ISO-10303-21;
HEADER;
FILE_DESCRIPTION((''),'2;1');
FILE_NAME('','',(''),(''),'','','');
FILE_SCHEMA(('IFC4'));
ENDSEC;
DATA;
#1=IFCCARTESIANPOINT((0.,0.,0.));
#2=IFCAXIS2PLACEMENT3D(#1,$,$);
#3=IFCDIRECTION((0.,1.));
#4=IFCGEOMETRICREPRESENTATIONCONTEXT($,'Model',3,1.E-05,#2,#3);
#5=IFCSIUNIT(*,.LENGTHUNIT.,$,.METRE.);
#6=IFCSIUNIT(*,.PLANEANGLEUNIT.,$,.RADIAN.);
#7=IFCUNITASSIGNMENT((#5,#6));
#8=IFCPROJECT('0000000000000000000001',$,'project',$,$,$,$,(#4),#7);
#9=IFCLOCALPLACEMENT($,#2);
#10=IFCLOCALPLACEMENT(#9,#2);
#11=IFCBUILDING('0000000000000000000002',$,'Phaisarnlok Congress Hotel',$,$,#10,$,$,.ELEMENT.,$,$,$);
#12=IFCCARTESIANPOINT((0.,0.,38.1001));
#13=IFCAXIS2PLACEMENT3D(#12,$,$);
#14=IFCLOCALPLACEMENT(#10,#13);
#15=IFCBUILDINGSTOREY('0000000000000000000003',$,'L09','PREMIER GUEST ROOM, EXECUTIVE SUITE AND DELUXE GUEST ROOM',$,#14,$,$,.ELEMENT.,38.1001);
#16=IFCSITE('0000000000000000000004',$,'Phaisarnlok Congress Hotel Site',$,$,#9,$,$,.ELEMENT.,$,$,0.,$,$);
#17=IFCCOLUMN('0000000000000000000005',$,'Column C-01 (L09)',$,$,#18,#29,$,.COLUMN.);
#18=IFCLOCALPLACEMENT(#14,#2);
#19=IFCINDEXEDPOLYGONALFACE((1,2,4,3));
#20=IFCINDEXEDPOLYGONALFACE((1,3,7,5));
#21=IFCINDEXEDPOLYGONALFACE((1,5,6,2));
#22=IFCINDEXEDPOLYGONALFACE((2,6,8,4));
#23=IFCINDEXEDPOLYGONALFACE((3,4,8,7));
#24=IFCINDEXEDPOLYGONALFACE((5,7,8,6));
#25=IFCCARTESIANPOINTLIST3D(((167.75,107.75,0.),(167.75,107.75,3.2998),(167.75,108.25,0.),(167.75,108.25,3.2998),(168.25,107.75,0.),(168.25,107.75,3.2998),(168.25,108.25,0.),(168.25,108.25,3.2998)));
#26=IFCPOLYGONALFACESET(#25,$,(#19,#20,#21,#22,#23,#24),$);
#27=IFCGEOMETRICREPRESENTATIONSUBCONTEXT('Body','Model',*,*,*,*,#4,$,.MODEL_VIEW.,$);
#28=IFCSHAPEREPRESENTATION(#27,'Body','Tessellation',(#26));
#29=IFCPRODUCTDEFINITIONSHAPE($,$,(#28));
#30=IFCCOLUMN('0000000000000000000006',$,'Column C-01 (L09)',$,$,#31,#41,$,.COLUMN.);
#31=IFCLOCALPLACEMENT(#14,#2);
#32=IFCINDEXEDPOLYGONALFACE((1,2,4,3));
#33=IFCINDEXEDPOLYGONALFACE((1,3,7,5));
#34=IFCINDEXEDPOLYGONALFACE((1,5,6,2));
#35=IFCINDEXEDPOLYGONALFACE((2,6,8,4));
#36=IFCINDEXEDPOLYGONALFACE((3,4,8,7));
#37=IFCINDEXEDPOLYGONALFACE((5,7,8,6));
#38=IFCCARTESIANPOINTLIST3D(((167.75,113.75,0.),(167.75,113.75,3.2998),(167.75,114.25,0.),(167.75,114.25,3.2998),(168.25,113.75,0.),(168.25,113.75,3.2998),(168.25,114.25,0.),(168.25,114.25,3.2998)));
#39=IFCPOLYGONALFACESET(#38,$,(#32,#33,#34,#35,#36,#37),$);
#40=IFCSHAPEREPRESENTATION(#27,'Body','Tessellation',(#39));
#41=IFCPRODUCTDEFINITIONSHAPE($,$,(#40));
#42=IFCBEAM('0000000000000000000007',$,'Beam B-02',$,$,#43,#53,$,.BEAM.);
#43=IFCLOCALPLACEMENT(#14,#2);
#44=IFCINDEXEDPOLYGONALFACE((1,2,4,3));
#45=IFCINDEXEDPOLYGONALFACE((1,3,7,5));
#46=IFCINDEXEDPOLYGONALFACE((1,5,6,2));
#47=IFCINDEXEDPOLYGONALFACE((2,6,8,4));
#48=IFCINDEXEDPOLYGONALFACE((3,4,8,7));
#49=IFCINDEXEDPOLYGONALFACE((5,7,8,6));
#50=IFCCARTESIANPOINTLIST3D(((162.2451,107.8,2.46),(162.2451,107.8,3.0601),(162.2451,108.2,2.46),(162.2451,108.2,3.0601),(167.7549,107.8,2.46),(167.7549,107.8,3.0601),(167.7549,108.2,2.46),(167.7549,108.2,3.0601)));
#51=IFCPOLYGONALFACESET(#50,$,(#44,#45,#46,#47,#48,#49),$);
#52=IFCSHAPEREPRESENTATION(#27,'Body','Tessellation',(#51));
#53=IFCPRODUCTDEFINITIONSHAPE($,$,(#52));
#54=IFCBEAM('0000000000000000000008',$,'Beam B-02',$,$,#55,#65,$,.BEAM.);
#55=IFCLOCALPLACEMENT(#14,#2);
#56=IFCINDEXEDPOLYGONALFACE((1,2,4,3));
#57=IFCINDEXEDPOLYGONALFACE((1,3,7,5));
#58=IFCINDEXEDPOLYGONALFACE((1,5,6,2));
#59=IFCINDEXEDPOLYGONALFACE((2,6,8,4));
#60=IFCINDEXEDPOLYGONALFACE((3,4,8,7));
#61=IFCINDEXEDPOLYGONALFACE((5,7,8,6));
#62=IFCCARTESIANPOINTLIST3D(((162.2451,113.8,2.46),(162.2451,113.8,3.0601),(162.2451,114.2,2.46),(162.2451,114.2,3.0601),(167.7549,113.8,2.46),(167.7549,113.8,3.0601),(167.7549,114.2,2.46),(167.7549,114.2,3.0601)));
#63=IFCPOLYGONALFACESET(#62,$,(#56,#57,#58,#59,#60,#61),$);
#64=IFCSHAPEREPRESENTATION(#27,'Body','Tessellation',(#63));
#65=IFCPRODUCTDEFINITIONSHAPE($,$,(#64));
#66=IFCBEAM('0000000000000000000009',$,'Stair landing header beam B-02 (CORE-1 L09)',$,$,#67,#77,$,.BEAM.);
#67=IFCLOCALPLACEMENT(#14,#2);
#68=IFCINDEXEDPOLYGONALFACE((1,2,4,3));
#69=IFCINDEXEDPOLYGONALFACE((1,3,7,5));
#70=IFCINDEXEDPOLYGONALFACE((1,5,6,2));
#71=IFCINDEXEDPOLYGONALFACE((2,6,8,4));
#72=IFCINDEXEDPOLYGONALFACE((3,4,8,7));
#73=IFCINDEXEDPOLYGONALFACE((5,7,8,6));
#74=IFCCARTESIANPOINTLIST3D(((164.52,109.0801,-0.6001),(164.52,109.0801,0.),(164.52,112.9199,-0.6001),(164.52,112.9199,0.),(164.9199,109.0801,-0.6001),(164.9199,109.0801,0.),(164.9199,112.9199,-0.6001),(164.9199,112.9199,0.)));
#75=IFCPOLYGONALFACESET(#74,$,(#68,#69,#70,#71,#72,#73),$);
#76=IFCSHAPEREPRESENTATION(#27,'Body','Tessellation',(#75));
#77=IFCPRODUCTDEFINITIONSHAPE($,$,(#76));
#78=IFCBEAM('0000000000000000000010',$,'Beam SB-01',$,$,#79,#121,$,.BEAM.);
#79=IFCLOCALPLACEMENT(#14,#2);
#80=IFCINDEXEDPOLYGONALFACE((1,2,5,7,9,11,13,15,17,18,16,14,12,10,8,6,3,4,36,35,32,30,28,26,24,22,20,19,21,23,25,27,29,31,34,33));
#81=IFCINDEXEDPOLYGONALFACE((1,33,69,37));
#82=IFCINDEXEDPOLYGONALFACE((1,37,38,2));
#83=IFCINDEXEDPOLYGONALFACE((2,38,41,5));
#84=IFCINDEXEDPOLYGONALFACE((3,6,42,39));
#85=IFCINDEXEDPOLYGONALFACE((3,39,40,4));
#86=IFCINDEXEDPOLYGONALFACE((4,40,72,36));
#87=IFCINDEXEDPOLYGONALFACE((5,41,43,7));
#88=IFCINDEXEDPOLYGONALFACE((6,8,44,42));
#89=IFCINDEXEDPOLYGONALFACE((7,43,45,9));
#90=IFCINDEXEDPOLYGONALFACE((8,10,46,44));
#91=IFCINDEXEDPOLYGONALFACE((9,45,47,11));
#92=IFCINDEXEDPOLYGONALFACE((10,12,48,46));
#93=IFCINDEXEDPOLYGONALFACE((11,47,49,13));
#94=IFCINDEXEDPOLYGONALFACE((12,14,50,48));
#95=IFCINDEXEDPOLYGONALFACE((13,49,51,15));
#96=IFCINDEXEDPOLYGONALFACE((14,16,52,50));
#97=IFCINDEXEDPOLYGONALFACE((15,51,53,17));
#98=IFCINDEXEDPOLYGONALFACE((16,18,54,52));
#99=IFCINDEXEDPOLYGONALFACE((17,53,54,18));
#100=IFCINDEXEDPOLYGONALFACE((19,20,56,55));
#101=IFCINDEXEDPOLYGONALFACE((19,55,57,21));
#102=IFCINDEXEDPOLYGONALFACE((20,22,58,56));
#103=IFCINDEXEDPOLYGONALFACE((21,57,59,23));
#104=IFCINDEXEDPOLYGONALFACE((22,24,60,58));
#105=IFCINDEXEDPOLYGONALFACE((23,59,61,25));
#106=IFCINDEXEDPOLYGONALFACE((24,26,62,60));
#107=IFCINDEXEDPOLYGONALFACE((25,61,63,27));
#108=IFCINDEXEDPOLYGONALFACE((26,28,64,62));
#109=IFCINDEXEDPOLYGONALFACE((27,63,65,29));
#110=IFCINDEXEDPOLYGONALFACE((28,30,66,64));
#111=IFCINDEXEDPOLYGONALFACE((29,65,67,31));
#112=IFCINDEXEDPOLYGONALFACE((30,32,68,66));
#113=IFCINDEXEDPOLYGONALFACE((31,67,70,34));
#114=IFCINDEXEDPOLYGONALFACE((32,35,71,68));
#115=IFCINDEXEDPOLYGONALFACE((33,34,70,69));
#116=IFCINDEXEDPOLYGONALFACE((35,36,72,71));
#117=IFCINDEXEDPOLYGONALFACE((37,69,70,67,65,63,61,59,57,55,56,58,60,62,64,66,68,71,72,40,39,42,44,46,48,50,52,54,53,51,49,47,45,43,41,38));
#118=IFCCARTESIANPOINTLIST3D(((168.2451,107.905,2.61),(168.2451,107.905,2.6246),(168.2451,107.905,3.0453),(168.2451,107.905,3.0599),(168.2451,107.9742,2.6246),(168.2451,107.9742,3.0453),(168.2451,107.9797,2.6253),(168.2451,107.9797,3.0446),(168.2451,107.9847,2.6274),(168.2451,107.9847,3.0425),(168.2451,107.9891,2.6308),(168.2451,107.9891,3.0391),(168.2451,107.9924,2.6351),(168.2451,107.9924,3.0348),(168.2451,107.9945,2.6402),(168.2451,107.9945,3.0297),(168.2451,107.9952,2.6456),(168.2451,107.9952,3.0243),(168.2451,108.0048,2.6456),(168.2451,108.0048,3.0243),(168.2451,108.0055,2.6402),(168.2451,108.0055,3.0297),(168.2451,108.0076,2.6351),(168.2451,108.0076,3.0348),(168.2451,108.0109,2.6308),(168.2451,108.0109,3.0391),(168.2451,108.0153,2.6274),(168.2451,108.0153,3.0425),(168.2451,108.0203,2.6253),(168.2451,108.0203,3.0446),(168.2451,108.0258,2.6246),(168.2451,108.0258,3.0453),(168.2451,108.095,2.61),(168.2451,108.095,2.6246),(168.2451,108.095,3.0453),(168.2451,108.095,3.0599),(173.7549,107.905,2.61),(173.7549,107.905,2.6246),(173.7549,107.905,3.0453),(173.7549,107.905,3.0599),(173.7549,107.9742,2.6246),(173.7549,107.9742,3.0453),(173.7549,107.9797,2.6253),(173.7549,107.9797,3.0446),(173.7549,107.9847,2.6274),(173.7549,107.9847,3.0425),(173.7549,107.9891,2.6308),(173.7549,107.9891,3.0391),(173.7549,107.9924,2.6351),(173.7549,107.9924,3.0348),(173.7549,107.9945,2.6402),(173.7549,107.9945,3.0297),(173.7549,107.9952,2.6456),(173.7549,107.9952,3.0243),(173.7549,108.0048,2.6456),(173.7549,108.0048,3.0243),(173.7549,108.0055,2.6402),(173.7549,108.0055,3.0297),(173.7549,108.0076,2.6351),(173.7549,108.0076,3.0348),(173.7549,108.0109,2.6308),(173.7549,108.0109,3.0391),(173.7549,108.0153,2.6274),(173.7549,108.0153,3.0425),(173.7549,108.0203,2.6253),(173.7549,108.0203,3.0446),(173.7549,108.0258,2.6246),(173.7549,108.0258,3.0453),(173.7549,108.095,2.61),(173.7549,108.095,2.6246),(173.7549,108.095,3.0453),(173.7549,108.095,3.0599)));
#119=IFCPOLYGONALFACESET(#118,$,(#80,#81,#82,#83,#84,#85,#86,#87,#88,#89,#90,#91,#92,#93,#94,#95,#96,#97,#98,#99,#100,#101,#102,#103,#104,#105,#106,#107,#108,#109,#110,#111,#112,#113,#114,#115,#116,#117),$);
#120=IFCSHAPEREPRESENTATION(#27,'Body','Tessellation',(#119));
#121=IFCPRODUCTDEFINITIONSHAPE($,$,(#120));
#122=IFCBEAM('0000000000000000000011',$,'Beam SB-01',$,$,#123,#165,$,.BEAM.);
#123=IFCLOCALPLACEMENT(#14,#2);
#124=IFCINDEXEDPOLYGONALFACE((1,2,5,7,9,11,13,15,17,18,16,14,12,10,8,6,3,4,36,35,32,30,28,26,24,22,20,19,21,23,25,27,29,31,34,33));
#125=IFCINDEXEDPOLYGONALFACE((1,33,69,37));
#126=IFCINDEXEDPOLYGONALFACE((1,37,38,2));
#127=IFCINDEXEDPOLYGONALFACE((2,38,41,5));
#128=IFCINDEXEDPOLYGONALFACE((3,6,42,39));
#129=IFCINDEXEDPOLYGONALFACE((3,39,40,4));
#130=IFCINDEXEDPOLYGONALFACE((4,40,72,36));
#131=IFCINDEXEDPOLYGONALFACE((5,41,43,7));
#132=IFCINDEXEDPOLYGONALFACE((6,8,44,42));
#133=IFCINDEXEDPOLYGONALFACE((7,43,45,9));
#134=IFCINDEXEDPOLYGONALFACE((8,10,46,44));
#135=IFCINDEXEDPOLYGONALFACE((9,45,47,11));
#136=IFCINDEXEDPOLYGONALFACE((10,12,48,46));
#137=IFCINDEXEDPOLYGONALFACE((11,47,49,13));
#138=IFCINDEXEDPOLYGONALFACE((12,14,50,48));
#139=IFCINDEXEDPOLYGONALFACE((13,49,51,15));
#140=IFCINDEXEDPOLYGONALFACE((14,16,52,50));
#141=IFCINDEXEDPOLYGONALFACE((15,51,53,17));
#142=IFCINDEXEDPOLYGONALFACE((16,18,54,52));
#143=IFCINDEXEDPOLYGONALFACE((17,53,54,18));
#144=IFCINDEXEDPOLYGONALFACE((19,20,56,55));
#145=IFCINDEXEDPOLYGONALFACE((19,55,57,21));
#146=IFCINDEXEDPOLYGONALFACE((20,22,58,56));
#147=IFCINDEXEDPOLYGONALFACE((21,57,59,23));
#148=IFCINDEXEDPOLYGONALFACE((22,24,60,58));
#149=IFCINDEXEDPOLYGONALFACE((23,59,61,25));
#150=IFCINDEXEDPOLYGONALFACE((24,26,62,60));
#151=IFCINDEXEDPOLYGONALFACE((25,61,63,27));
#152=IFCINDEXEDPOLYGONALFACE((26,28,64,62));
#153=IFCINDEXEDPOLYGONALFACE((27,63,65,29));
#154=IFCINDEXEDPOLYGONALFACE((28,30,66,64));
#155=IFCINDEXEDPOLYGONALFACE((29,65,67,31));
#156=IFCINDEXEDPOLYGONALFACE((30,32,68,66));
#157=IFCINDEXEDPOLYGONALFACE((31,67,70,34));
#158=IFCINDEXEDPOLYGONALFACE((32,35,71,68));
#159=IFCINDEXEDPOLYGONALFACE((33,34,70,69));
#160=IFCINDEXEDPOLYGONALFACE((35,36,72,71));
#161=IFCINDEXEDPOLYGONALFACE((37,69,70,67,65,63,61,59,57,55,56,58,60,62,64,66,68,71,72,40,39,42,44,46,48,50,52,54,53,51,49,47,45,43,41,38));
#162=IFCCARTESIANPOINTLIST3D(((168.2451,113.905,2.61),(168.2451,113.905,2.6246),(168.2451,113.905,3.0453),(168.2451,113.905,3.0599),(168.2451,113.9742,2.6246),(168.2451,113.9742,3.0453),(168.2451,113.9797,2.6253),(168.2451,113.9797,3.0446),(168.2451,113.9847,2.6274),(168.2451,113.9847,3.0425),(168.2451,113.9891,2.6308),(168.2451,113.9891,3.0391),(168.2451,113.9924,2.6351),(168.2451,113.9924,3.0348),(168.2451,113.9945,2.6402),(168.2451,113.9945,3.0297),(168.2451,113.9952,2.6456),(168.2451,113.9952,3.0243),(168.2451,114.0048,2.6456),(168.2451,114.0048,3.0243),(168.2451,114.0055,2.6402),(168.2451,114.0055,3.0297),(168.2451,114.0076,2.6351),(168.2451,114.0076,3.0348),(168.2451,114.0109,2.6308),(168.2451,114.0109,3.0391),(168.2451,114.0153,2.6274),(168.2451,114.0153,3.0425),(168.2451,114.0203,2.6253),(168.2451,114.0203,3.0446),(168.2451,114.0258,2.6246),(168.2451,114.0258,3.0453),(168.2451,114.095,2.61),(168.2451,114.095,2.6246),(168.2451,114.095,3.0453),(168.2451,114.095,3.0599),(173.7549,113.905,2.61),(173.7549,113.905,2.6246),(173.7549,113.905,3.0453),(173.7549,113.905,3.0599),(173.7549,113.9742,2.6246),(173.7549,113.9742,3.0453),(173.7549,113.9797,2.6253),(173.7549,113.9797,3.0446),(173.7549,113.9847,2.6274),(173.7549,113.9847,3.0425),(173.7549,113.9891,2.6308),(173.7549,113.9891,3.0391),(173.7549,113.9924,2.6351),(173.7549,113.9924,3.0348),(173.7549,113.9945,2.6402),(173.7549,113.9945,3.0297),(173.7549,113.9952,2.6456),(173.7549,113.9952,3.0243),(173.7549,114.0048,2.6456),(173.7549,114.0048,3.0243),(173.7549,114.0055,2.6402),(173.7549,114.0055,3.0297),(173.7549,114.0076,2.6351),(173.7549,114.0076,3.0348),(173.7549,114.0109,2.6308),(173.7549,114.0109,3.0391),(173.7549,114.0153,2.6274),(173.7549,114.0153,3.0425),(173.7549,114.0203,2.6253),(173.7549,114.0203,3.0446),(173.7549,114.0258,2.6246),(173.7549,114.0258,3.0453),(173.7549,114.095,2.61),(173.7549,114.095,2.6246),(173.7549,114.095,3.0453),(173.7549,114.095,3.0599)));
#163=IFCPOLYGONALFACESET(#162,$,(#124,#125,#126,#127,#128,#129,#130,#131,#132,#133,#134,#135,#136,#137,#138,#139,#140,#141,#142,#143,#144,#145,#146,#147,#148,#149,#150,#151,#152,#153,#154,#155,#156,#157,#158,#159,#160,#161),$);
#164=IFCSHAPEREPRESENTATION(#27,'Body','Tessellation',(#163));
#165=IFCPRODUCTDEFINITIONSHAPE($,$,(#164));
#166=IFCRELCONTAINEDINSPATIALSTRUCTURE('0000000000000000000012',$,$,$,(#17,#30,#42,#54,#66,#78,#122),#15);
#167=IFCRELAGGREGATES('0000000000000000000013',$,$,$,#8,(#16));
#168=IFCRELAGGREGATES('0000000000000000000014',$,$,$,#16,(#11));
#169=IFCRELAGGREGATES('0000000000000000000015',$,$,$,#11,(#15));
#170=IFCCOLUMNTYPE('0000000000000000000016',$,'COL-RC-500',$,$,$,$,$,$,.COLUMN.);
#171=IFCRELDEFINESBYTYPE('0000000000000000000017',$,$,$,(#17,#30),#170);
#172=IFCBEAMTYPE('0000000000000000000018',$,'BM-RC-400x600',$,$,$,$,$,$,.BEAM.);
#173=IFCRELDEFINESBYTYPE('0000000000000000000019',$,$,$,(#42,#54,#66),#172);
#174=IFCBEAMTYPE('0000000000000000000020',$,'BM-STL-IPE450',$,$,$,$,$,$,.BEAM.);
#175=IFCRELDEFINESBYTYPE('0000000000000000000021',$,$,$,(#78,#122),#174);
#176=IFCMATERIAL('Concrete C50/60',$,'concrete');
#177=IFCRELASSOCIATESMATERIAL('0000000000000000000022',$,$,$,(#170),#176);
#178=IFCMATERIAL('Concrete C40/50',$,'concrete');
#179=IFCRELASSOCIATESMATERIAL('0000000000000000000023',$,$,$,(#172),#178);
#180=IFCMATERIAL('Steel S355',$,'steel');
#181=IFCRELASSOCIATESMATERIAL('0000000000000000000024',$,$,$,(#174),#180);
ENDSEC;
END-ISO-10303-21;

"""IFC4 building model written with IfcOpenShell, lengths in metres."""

from ifc_helpers import new_model, si_unit, direction, frame, origin, origin_2d, place, context, subcontext, project, spatial, rectangle, i_section, extrude, material, material_profile, profile_set, type_object, element, save


model = new_model("IFC4")

# Units and contexts
model_context = context("Model", 3, precision=1e-05, world=origin(), true_north=direction((0.0, 1.0)))
body_context = subcontext(model_context, "Body", "Model", "MODEL_VIEW")
ifc_project = project(units=[si_unit("LENGTHUNIT", "METRE"), si_unit("PLANEANGLEUNIT", "RADIAN")], contexts=[model_context])

# Site, building, storey
site_placement = place(None, origin())
site = spatial("IfcSite", under=ifc_project, at=site_placement, Name="Phaisarnlok Congress Hotel Site", CompositionType="ELEMENT", RefElevation=0.0)
building_placement = place(site_placement, origin())
building = spatial("IfcBuilding", under=site, at=building_placement, Name="Phaisarnlok Congress Hotel", CompositionType="ELEMENT")
storey_placement = place(building_placement, frame((0.0, 0.0, 38.1001)))
storey = spatial("IfcBuildingStorey", under=building, at=storey_placement, Name="L09", Description="PREMIER GUEST ROOM, EXECUTIVE SUITE AND DELUXE GUEST ROOM", CompositionType="ELEMENT", Elevation=38.1001)

# Columns
ifc_material_1 = material(Name="Concrete C50/60", Category="concrete")
ifc_material_profile_1 = material_profile(ifc_material_1, rectangle(XDim=0.5, YDim=0.5, at=origin_2d()), Name="RC 500x500")
ifc_profile_set_1 = profile_set([ifc_material_profile_1], Name="Concrete C50/60")
column_type = type_object("IfcColumnType", Name="COL-RC-500", PredefinedType="COLUMN", material=ifc_profile_set_1)
for number, where, z_axis, x_axis, name in (
    (1, (168.0, 108.0, 0.0), (0.0, 0.0, 1.0), (1.0, 0.0, 0.0), "Column C-01 (L09)"),
    (2, (168.0, 114.0, 0.0), (0.0, 0.0, 1.0), (1.0, 0.0, 0.0), "Column C-01 (L09)"),
):
    element("IfcColumn", number, at=place(storey_placement, frame(where, z_axis=z_axis, x_axis=x_axis)), inside=storey, type_object=column_type, Name=name, PredefinedType="COLUMN", context=body_context, shape_type="SweptSolid", body=[
        extrude(rectangle(XDim=0.5, YDim=0.5, at=origin_2d()), origin(), (0.0, 0.0, 1.0), 3.2998),
    ])

# Beams
ifc_material_2 = material(Name="Concrete C40/50", Category="concrete")
ifc_material_profile_2 = material_profile(ifc_material_2, rectangle(XDim=0.3999, YDim=0.6001, at=origin_2d()), Name="RC 400x600")
ifc_profile_set_2 = profile_set([ifc_material_profile_2], Name="Concrete C40/50")
beam_type_1 = type_object("IfcBeamType", Name="BM-RC-400x600", PredefinedType="BEAM", material=ifc_profile_set_2)
for number, where, z_axis, x_axis, name in (
    (3, (162.2451, 108.0, 2.76), (1.0, 0.0, 0.0), (0.0, 1.0, 0.0), "Beam B-02"),
    (4, (162.2451, 114.0, 2.76), (1.0, 0.0, 0.0), (0.0, 1.0, 0.0), "Beam B-02"),
):
    element("IfcBeam", number, at=place(storey_placement, frame(where, z_axis=z_axis, x_axis=x_axis)), inside=storey, type_object=beam_type_1, Name=name, PredefinedType="BEAM", context=body_context, shape_type="SweptSolid", body=[
        extrude(rectangle(XDim=0.3999, YDim=0.6001, at=origin_2d()), origin(), (0.0, 0.0, 1.0), 5.5098),
    ])
beam_1_placement = place(storey_placement, frame((164.72, 109.0801, -0.3), z_axis=(0.0, 1.0, 0.0), x_axis=(-1.0, 0.0, 0.0)))
element("IfcBeam", 5, at=beam_1_placement, inside=storey, type_object=beam_type_1, Name="Stair landing header beam B-02 (CORE-1 L09)", PredefinedType="BEAM", context=body_context, shape_type="SweptSolid", body=[
    extrude(rectangle(XDim=0.3999, YDim=0.6001, at=origin_2d()), origin(), (0.0, 0.0, 1.0), 3.8398),
])
ifc_material_3 = material(Name="Steel S355", Category="steel")
ifc_material_profile_3 = material_profile(ifc_material_3, i_section(OverallWidth=0.1899, OverallDepth=0.45, WebThickness=0.0095, FlangeThickness=0.0146, FilletRadius=0.021, at=origin_2d()), Name="IPE 450")
ifc_profile_set_3 = profile_set([ifc_material_profile_3], Name="Steel S355")
beam_type_2 = type_object("IfcBeamType", Name="BM-STL-IPE450", PredefinedType="BEAM", material=ifc_profile_set_3)
for number, where, z_axis, x_axis, name in (
    (6, (168.2451, 108.0, 2.835), (1.0, 0.0, 0.0), (0.0, 1.0, 0.0), "Beam SB-01"),
    (7, (168.2451, 114.0, 2.835), (1.0, 0.0, 0.0), (0.0, 1.0, 0.0), "Beam SB-01"),
):
    element("IfcBeam", number, at=place(storey_placement, frame(where, z_axis=z_axis, x_axis=x_axis)), inside=storey, type_object=beam_type_2, Name=name, PredefinedType="BEAM", context=body_context, shape_type="SweptSolid", body=[
        extrude(i_section(OverallWidth=0.1899, OverallDepth=0.45, WebThickness=0.0095, FlangeThickness=0.0146, FilletRadius=0.021, at=origin_2d()), origin(), (0.0, 0.0, 1.0), 5.5098),
    ])

save(model, "model.ifc")
